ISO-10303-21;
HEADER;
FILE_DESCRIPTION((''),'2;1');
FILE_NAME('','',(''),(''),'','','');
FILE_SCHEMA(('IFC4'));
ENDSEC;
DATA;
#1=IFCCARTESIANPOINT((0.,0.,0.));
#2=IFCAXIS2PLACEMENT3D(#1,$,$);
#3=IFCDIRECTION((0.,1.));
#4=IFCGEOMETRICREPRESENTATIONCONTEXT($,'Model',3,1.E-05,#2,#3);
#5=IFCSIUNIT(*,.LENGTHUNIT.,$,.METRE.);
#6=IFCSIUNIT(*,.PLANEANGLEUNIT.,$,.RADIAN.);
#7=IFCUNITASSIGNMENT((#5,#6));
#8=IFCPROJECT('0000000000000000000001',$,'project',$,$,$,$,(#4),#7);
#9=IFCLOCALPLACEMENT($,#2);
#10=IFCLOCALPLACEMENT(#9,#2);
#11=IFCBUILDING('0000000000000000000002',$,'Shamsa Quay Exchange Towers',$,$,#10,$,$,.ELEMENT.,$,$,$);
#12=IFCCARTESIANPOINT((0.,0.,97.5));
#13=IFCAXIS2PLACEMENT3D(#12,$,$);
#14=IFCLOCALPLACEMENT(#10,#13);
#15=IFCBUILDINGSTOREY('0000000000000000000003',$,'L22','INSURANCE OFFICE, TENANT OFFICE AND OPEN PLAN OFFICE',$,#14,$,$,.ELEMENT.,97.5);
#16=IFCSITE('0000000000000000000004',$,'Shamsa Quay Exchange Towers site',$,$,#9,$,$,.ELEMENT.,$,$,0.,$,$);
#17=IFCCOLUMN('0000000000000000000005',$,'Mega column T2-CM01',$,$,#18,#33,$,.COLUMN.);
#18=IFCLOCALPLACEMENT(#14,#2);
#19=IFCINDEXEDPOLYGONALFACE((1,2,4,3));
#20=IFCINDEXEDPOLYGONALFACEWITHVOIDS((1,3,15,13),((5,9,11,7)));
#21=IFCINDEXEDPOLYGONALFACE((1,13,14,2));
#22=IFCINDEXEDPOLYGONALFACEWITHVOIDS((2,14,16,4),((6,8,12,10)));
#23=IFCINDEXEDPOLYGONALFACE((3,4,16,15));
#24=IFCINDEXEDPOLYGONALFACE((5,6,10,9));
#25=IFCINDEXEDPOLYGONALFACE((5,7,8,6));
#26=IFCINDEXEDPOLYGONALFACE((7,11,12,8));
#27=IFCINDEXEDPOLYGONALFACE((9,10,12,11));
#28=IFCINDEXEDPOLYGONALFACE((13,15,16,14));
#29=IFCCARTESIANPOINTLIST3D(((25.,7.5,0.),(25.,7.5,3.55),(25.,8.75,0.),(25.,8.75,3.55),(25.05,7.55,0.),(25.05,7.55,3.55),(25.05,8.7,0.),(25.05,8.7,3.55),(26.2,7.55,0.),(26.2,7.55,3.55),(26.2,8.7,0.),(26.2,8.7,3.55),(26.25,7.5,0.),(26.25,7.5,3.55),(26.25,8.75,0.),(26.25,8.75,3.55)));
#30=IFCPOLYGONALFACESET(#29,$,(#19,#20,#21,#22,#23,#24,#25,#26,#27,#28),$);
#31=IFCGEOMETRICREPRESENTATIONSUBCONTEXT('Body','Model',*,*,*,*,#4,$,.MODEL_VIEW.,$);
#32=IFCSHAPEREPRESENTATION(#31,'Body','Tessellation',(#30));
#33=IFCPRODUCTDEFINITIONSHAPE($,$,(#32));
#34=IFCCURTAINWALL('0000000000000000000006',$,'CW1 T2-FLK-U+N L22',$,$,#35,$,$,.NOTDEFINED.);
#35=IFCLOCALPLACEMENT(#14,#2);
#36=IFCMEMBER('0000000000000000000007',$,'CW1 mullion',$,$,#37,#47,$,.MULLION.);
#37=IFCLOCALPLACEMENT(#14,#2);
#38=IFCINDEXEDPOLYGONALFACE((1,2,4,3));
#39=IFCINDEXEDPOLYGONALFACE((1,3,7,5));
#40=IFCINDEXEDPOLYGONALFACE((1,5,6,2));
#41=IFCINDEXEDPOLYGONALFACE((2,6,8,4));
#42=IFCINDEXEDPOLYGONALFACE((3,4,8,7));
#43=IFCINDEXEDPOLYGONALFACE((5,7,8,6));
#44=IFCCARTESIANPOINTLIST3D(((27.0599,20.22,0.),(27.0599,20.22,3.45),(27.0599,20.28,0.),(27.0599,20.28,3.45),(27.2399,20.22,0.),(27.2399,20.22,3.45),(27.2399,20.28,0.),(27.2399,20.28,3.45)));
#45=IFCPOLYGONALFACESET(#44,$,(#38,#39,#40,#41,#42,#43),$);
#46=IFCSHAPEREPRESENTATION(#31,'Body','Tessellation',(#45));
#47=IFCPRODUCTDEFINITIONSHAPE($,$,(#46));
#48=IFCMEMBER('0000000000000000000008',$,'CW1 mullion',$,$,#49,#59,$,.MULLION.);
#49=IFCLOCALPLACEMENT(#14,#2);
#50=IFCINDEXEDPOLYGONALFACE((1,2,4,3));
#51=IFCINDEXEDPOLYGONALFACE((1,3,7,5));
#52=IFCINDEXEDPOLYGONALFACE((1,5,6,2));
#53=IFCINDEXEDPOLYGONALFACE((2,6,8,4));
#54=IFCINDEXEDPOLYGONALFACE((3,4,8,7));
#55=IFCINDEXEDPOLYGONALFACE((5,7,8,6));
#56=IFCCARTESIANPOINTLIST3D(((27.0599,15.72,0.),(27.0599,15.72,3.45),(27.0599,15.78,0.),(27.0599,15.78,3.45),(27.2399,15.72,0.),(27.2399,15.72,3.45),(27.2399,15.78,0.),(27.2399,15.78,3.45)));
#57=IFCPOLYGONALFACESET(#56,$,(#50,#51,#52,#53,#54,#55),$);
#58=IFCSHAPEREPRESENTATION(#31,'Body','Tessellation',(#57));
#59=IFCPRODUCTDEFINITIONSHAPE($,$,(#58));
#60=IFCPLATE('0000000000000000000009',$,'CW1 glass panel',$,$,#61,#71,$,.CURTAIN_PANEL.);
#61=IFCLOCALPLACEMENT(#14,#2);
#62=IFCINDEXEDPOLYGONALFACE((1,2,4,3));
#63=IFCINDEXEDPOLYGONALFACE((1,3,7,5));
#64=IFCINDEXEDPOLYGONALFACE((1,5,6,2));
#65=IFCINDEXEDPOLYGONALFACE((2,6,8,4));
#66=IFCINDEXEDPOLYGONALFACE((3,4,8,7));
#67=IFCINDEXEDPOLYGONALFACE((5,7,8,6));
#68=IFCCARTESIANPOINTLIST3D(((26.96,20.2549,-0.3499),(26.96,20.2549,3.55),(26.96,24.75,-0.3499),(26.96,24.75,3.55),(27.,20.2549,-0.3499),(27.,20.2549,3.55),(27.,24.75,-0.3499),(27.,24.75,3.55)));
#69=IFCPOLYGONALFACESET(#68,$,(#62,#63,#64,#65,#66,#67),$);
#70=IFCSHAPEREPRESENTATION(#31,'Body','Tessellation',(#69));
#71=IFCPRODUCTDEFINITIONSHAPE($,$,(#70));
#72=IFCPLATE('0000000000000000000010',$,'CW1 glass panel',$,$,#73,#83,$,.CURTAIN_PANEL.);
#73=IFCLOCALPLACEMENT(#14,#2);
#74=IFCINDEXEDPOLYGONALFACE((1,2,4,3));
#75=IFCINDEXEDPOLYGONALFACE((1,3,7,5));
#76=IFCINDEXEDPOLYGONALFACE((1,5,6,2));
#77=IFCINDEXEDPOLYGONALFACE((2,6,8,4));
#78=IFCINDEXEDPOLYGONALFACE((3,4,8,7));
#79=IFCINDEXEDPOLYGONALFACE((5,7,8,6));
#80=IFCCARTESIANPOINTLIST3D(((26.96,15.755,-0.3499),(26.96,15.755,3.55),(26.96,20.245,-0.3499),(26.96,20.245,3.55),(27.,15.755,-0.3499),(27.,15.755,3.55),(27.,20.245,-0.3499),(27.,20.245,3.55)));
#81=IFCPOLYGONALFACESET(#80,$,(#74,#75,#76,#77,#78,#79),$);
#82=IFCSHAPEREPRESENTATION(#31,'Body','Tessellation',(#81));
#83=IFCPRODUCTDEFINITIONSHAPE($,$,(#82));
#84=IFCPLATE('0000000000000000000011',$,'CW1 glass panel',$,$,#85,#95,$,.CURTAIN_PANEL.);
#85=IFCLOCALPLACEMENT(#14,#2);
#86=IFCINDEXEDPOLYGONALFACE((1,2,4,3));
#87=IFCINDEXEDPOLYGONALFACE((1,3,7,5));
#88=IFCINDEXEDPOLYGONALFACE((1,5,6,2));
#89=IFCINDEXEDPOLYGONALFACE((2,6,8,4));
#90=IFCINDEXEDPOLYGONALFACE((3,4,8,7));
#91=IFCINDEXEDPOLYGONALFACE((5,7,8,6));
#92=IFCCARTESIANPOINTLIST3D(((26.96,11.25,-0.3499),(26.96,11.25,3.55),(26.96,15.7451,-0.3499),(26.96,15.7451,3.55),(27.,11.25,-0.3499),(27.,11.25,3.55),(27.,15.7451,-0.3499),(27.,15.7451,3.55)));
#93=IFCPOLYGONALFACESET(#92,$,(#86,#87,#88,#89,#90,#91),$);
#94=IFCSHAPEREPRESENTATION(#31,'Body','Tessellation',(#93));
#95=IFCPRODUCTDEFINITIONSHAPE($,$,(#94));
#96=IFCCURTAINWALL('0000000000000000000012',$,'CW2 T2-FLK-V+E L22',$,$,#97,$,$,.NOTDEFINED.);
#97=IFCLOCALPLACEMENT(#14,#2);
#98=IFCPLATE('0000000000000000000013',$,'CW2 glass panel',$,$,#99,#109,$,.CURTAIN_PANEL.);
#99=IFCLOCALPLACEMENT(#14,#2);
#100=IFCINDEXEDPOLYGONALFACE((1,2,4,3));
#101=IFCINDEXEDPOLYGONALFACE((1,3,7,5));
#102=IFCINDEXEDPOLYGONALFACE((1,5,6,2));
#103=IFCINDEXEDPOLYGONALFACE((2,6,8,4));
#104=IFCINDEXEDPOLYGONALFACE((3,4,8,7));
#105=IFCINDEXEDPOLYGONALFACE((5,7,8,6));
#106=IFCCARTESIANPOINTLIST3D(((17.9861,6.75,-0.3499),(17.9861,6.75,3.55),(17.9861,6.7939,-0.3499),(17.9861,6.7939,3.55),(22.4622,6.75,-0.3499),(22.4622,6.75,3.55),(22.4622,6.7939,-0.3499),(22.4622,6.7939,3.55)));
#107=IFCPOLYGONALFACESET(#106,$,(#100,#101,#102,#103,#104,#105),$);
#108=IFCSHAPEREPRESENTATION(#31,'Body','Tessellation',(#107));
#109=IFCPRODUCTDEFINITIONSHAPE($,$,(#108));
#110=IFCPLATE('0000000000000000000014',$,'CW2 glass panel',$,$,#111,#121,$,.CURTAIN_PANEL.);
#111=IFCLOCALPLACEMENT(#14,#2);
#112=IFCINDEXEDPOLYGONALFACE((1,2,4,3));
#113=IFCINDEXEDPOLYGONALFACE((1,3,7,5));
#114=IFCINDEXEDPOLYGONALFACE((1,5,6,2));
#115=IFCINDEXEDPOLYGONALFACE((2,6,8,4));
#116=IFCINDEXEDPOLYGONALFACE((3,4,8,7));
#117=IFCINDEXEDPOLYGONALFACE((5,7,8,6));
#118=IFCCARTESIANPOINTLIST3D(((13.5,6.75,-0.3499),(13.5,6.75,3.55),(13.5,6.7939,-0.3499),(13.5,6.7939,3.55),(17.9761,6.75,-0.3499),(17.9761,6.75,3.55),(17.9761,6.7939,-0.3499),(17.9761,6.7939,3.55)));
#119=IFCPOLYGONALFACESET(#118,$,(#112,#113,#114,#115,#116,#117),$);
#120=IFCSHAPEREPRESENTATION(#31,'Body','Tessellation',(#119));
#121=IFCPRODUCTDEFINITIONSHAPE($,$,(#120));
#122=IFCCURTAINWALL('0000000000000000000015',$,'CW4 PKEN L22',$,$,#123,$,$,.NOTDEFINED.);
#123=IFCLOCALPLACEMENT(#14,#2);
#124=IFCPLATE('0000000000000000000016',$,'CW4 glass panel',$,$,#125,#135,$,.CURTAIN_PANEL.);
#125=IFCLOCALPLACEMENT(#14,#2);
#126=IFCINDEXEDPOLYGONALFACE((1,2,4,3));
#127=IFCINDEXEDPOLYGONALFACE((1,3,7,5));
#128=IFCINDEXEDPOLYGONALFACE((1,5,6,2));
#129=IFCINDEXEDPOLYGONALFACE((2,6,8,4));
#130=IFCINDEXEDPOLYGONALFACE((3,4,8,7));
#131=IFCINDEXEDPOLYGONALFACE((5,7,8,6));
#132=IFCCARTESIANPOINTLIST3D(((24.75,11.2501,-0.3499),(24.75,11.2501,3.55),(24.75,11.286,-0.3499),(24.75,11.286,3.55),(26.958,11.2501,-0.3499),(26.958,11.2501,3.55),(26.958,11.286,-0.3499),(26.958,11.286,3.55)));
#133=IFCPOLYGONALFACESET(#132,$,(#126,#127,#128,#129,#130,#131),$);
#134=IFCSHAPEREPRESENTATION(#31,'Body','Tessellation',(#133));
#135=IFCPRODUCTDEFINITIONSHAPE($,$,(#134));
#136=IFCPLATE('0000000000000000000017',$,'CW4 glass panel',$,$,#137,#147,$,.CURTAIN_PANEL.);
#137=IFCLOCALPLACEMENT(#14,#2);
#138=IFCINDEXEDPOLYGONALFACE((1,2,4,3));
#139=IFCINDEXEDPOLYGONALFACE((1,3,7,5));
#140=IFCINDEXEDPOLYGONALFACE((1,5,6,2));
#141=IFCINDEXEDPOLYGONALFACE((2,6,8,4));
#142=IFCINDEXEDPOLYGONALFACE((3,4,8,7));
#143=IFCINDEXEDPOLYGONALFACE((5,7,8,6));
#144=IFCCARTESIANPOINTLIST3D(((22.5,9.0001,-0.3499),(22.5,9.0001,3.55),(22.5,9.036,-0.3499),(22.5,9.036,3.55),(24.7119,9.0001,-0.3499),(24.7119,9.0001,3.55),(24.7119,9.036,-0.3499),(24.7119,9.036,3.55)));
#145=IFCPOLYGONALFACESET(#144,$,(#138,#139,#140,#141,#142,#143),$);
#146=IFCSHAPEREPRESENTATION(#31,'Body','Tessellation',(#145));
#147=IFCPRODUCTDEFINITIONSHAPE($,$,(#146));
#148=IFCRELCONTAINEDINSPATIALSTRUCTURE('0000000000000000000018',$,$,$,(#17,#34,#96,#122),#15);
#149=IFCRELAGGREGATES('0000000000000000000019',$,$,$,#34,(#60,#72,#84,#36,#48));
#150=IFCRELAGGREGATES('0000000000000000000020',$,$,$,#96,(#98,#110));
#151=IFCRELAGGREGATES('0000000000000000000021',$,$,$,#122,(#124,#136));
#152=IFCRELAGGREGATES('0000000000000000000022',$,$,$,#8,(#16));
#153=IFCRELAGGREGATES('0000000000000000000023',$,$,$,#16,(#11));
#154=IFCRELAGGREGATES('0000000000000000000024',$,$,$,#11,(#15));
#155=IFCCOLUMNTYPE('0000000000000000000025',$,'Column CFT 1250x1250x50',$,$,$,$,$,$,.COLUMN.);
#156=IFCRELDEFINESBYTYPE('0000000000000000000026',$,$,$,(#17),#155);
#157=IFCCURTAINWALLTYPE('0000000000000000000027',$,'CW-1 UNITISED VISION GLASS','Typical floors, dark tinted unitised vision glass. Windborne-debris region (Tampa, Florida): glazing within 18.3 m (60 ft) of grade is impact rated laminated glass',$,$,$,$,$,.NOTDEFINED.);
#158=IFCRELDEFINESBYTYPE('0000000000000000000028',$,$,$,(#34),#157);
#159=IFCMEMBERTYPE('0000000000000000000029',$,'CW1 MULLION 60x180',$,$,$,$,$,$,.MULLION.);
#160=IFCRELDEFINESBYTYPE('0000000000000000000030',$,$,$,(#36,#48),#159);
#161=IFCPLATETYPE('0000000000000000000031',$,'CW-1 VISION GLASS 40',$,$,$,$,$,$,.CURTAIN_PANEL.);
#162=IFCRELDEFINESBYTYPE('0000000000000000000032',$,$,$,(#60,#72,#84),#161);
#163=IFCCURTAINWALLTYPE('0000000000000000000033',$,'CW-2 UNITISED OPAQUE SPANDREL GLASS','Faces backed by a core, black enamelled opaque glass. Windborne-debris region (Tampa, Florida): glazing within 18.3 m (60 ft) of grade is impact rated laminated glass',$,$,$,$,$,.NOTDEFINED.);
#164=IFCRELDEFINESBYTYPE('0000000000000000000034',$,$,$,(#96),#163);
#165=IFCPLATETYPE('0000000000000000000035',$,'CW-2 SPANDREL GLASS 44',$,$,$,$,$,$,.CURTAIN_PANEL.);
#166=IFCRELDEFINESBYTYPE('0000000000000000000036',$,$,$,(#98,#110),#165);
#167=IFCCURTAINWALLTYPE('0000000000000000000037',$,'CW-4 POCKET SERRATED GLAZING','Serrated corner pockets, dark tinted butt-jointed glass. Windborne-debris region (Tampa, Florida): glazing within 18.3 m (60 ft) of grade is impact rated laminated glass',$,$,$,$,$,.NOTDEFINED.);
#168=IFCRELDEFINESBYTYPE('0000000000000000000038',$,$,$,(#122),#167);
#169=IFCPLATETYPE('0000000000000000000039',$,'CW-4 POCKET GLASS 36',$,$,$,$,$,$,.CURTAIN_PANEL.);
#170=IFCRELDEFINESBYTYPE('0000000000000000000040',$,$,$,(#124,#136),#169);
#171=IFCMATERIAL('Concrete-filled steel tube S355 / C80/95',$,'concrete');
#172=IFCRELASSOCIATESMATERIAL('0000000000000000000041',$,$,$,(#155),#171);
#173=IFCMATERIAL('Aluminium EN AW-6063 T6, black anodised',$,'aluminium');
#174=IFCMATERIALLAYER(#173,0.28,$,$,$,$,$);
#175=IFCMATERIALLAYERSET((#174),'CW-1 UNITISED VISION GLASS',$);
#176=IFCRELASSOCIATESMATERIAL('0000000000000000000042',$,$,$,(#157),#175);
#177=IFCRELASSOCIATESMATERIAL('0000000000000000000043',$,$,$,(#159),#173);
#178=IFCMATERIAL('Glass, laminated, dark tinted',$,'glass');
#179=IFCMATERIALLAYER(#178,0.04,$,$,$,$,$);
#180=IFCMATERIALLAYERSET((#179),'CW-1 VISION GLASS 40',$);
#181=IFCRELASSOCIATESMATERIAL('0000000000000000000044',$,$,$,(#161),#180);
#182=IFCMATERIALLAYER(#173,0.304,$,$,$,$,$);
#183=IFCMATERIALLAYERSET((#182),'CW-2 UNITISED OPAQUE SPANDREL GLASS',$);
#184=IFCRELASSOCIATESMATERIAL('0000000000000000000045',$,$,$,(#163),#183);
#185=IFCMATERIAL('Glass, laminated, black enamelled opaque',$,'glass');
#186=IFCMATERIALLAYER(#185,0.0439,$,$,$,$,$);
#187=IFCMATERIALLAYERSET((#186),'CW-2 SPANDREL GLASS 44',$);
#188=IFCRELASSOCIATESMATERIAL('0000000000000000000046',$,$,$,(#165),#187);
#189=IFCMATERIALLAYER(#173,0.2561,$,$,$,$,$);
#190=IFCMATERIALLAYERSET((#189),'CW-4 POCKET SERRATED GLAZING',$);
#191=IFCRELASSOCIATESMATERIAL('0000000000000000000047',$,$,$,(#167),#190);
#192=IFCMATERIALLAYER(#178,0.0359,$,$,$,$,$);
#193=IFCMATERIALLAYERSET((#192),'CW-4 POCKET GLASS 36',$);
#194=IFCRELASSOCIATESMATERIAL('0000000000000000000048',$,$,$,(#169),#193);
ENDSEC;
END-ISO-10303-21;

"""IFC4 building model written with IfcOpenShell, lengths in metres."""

from ifc_helpers import new_model, si_unit, direction, frame, origin, origin_2d, place, context, subcontext, project, spatial, rectangle, hollow_rectangle, extrude, material, layer, layer_set, material_profile, profile_set, type_object, element, aggregate, save


model = new_model("IFC4")

# Units and contexts
model_context = context("Model", 3, precision=1e-05, world=origin(), true_north=direction((0.0, 1.0)))
body_context = subcontext(model_context, "Body", "Model", "MODEL_VIEW")
ifc_project = project(units=[si_unit("LENGTHUNIT", "METRE"), si_unit("PLANEANGLEUNIT", "RADIAN")], contexts=[model_context])

# Site, building, storey
site_placement = place(None, origin())
site = spatial("IfcSite", under=ifc_project, at=site_placement, Name="Shamsa Quay Exchange Towers site", CompositionType="ELEMENT", RefElevation=0.0)
building_placement = place(site_placement, origin())
building = spatial("IfcBuilding", under=site, at=building_placement, Name="Shamsa Quay Exchange Towers", CompositionType="ELEMENT")
storey_placement = place(building_placement, frame((0.0, 0.0, 97.5)))
storey = spatial("IfcBuildingStorey", under=building, at=storey_placement, Name="L22", Description="INSURANCE OFFICE, TENANT OFFICE AND OPEN PLAN OFFICE", CompositionType="ELEMENT", Elevation=97.5)

# Column
ifc_material_1 = material(Name="Concrete-filled steel tube S355 / C80/95", Category="concrete")
ifc_material_profile_1 = material_profile(ifc_material_1, hollow_rectangle(XDim=1.25, YDim=1.25, WallThickness=0.05, at=origin_2d()), Name="CFT 1250x1250x50")
ifc_profile_set_1 = profile_set([ifc_material_profile_1], Name="Concrete-filled steel tube S355 / C80/95")
column_type = type_object("IfcColumnType", Name="Column CFT 1250x1250x50", PredefinedType="COLUMN", material=ifc_profile_set_1)
column_placement = place(storey_placement, frame((25.625, 8.125, 0.0)))
element("IfcColumn", 1, at=column_placement, inside=storey, type_object=column_type, Name="Mega column T2-CM01", PredefinedType="COLUMN", context=body_context, shape_type="SweptSolid", body=[
    extrude(hollow_rectangle(XDim=1.25, YDim=1.25, WallThickness=0.05, at=origin_2d()), origin(), (0.0, 0.0, 1.0), 3.55),
])

# Curtain wall, members, plates
ifc_material_2 = material(Name="Aluminium EN AW-6063 T6, black anodised", Category="aluminium")
ifc_layer_1 = layer(ifc_material_2, 0.28)
ifc_layer_set_1 = layer_set([ifc_layer_1], Name="CW-1 UNITISED VISION GLASS")
curtain_wall_type_1 = type_object("IfcCurtainWallType", Name="CW-1 UNITISED VISION GLASS", Description="Typical floors, dark tinted unitised vision glass. Windborne-debris region (Tampa, Florida): glazing within 18.3 m (60 ft) of grade is impact rated laminated glass", PredefinedType="NOTDEFINED", material=ifc_layer_set_1)
curtain_wall_1_placement = place(storey_placement, origin())
curtain_wall_1 = element("IfcCurtainWall", 2, at=curtain_wall_1_placement, inside=storey, type_object=curtain_wall_type_1, Name="CW1 T2-FLK-U+N L22", PredefinedType="NOTDEFINED")
ifc_material_profile_2 = material_profile(ifc_material_2, rectangle(XDim=0.1799, YDim=0.0601, at=origin_2d()), Name="MU60x180")
ifc_profile_set_2 = profile_set([ifc_material_profile_2], Name="Aluminium EN AW-6063 T6, black anodised")
member_type = type_object("IfcMemberType", Name="CW1 MULLION 60x180", PredefinedType="MULLION", material=ifc_profile_set_2)
member_1_placement = place(storey_placement, frame((27.1499, 20.25, 0.0)))
member_1 = element("IfcMember", 3, at=member_1_placement, type_object=member_type, Name="CW1 mullion", PredefinedType="MULLION", context=body_context, shape_type="SweptSolid", body=[
    extrude(rectangle(XDim=0.1799, YDim=0.0601, at=origin_2d()), origin(), (0.0, 0.0, 1.0), 3.45),
])
member_2_placement = place(storey_placement, frame((27.1499, 15.75, 0.0)))
member_2 = element("IfcMember", 4, at=member_2_placement, type_object=member_type, Name="CW1 mullion", PredefinedType="MULLION", context=body_context, shape_type="SweptSolid", body=[
    extrude(rectangle(XDim=0.1799, YDim=0.0601, at=origin_2d()), origin(), (0.0, 0.0, 1.0), 3.45),
])
ifc_material_3 = material(Name="Glass, laminated, dark tinted", Category="glass")
ifc_layer_2 = layer(ifc_material_3, 0.04)
ifc_layer_set_2 = layer_set([ifc_layer_2], Name="CW-1 VISION GLASS 40")
plate_type_1 = type_object("IfcPlateType", Name="CW-1 VISION GLASS 40", PredefinedType="CURTAIN_PANEL", material=ifc_layer_set_2)
plate_1_placement = place(storey_placement, frame((26.98, 22.5024, -0.3499), z_axis=(0.0, 0.0, 1.0), x_axis=(0.0, -1.0, 0.0)))
plate_1 = element("IfcPlate", 5, at=plate_1_placement, type_object=plate_type_1, Name="CW1 glass panel", PredefinedType="CURTAIN_PANEL", context=body_context, shape_type="SweptSolid", body=[
    extrude(rectangle(XDim=4.4951, YDim=0.04, at=origin_2d()), origin(), (0.0, 0.0, 1.0), 3.8999),
])
plate_2_placement = place(storey_placement, frame((26.98, 18.0, -0.3499), z_axis=(0.0, 0.0, 1.0), x_axis=(0.0, -1.0, 0.0)))
plate_2 = element("IfcPlate", 6, at=plate_2_placement, type_object=plate_type_1, Name="CW1 glass panel", PredefinedType="CURTAIN_PANEL", context=body_context, shape_type="SweptSolid", body=[
    extrude(rectangle(XDim=4.49, YDim=0.04, at=origin_2d()), origin(), (0.0, 0.0, 1.0), 3.8999),
])
plate_3_placement = place(storey_placement, frame((26.98, 13.4976, -0.3499), z_axis=(0.0, 0.0, 1.0), x_axis=(0.0, -1.0, 0.0)))
plate_3 = element("IfcPlate", 7, at=plate_3_placement, type_object=plate_type_1, Name="CW1 glass panel", PredefinedType="CURTAIN_PANEL", context=body_context, shape_type="SweptSolid", body=[
    extrude(rectangle(XDim=4.4951, YDim=0.04, at=origin_2d()), origin(), (0.0, 0.0, 1.0), 3.8999),
])
aggregate(curtain_wall_1, [plate_1, plate_2, plate_3, member_1, member_2])

# Curtain walls, plates
ifc_layer_3 = layer(ifc_material_2, 0.304)
ifc_layer_set_3 = layer_set([ifc_layer_3], Name="CW-2 UNITISED OPAQUE SPANDREL GLASS")
curtain_wall_type_2 = type_object("IfcCurtainWallType", Name="CW-2 UNITISED OPAQUE SPANDREL GLASS", Description="Faces backed by a core, black enamelled opaque glass. Windborne-debris region (Tampa, Florida): glazing within 18.3 m (60 ft) of grade is impact rated laminated glass", PredefinedType="NOTDEFINED", material=ifc_layer_set_3)
curtain_wall_2_placement = place(storey_placement, origin())
curtain_wall_2 = element("IfcCurtainWall", 8, at=curtain_wall_2_placement, inside=storey, type_object=curtain_wall_type_2, Name="CW2 T2-FLK-V+E L22", PredefinedType="NOTDEFINED")
ifc_material_4 = material(Name="Glass, laminated, black enamelled opaque", Category="glass")
ifc_layer_4 = layer(ifc_material_4, 0.0439)
ifc_layer_set_4 = layer_set([ifc_layer_4], Name="CW-2 SPANDREL GLASS 44")
plate_type_2 = type_object("IfcPlateType", Name="CW-2 SPANDREL GLASS 44", PredefinedType="CURTAIN_PANEL", material=ifc_layer_set_4)
plate_4_placement = place(storey_placement, frame((20.2241, 6.772, -0.3499), z_axis=(0.0, 0.0, 1.0), x_axis=(-1.0, 0.0, 0.0)))
plate_4 = element("IfcPlate", 9, at=plate_4_placement, type_object=plate_type_2, Name="CW2 glass panel", PredefinedType="CURTAIN_PANEL", context=body_context, shape_type="SweptSolid", body=[
    extrude(rectangle(XDim=4.4761, YDim=0.0439, at=origin_2d()), origin(), (0.0, 0.0, 1.0), 3.8999),
])
plate_5_placement = place(storey_placement, frame((15.738, 6.772, -0.3499), z_axis=(0.0, 0.0, 1.0), x_axis=(-1.0, 0.0, 0.0)))
plate_5 = element("IfcPlate", 10, at=plate_5_placement, type_object=plate_type_2, Name="CW2 glass panel", PredefinedType="CURTAIN_PANEL", context=body_context, shape_type="SweptSolid", body=[
    extrude(rectangle(XDim=4.4761, YDim=0.0439, at=origin_2d()), origin(), (0.0, 0.0, 1.0), 3.8999),
])
aggregate(curtain_wall_2, [plate_4, plate_5])
ifc_layer_5 = layer(ifc_material_2, 0.2561)
ifc_layer_set_5 = layer_set([ifc_layer_5], Name="CW-4 POCKET SERRATED GLAZING")
curtain_wall_type_3 = type_object("IfcCurtainWallType", Name="CW-4 POCKET SERRATED GLAZING", Description="Serrated corner pockets, dark tinted butt-jointed glass. Windborne-debris region (Tampa, Florida): glazing within 18.3 m (60 ft) of grade is impact rated laminated glass", PredefinedType="NOTDEFINED", material=ifc_layer_set_5)
curtain_wall_3_placement = place(storey_placement, origin())
curtain_wall_3 = element("IfcCurtainWall", 11, at=curtain_wall_3_placement, inside=storey, type_object=curtain_wall_type_3, Name="CW4 PKEN L22", PredefinedType="NOTDEFINED")
ifc_layer_6 = layer(ifc_material_3, 0.0359)
ifc_layer_set_6 = layer_set([ifc_layer_6], Name="CW-4 POCKET GLASS 36")
plate_type_3 = type_object("IfcPlateType", Name="CW-4 POCKET GLASS 36", PredefinedType="CURTAIN_PANEL", material=ifc_layer_set_6)
plate_6_placement = place(storey_placement, frame((25.854, 11.2681, -0.3499), z_axis=(0.0, 0.0, 1.0), x_axis=(-1.0, 0.0, 0.0)))
plate_6 = element("IfcPlate", 12, at=plate_6_placement, type_object=plate_type_3, Name="CW4 glass panel", PredefinedType="CURTAIN_PANEL", context=body_context, shape_type="SweptSolid", body=[
    extrude(rectangle(XDim=2.208, YDim=0.0359, at=origin_2d()), origin(), (0.0, 0.0, 1.0), 3.8999),
])
plate_7_placement = place(storey_placement, frame((23.606, 9.0181, -0.3499), z_axis=(0.0, 0.0, 1.0), x_axis=(-1.0, 0.0, 0.0)))
plate_7 = element("IfcPlate", 13, at=plate_7_placement, type_object=plate_type_3, Name="CW4 glass panel", PredefinedType="CURTAIN_PANEL", context=body_context, shape_type="SweptSolid", body=[
    extrude(rectangle(XDim=2.2119, YDim=0.0359, at=origin_2d()), origin(), (0.0, 0.0, 1.0), 3.8999),
])
aggregate(curtain_wall_3, [plate_6, plate_7])

save(model, "model.ifc")
